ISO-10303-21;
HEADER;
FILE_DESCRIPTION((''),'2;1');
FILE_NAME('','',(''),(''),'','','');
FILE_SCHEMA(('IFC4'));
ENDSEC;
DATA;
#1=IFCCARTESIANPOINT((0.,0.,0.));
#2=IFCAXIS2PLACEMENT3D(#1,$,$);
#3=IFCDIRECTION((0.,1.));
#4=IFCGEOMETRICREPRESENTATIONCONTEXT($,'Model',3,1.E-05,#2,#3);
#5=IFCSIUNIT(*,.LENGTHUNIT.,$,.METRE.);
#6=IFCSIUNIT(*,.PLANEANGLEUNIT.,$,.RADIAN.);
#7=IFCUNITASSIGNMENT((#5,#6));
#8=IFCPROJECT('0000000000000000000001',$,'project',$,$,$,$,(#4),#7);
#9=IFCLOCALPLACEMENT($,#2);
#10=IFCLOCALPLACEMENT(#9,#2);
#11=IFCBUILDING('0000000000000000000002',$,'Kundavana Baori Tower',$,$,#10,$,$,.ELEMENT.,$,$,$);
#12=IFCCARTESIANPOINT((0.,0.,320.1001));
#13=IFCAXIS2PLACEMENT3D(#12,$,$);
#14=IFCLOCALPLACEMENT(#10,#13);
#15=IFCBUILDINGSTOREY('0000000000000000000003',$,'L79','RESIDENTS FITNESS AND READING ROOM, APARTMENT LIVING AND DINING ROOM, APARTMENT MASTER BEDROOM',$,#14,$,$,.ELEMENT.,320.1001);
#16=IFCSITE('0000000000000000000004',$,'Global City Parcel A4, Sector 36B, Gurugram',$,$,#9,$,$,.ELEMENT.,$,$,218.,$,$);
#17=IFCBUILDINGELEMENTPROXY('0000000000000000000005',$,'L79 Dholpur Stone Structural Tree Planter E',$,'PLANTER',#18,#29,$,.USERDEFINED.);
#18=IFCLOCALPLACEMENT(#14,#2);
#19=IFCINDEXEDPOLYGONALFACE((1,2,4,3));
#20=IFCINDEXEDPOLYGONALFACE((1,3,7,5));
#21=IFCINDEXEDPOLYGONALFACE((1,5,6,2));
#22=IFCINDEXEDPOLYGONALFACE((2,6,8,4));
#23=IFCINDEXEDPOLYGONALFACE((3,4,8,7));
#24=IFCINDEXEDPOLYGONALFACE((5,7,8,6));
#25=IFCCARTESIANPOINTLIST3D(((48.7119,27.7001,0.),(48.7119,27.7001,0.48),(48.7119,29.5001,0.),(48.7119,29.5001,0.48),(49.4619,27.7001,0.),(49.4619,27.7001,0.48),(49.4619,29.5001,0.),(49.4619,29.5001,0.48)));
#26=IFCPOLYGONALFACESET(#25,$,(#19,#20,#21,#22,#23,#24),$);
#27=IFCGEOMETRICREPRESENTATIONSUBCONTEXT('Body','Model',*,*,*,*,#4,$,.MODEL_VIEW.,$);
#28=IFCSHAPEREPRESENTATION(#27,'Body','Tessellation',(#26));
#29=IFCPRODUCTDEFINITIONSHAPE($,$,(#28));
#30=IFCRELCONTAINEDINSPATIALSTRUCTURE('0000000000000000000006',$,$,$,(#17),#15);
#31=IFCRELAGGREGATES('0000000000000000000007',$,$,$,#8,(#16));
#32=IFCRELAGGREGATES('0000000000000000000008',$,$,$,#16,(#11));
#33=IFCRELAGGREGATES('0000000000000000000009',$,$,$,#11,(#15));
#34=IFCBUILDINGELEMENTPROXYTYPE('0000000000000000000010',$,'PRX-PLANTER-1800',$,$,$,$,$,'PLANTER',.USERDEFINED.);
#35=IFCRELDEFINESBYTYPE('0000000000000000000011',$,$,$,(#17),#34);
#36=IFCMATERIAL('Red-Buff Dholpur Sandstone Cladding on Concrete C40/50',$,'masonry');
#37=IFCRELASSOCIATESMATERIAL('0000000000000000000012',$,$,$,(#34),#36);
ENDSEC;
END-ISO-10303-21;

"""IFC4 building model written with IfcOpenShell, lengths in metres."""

from ifc_helpers import new_model, si_unit, direction, frame, origin, origin_2d, place, context, subcontext, project, spatial, rectangle, extrude, material, type_object, element, save


model = new_model("IFC4")

# Units and contexts
model_context = context("Model", 3, precision=1e-05, world=origin(), true_north=direction((0.0, 1.0)))
body_context = subcontext(model_context, "Body", "Model", "MODEL_VIEW")
ifc_project = project(units=[si_unit("LENGTHUNIT", "METRE"), si_unit("PLANEANGLEUNIT", "RADIAN")], contexts=[model_context])

# Site, building, storey
site_placement = place(None, origin())
site = spatial("IfcSite", under=ifc_project, at=site_placement, Name="Global City Parcel A4, Sector 36B, Gurugram", CompositionType="ELEMENT", RefElevation=218.0)
building_placement = place(site_placement, origin())
building = spatial("IfcBuilding", under=site, at=building_placement, Name="Kundavana Baori Tower", CompositionType="ELEMENT")
storey_placement = place(building_placement, frame((0.0, 0.0, 320.1001)))
storey = spatial("IfcBuildingStorey", under=building, at=storey_placement, Name="L79", Description="RESIDENTS FITNESS AND READING ROOM, APARTMENT LIVING AND DINING ROOM, APARTMENT MASTER BEDROOM", CompositionType="ELEMENT", Elevation=320.1001)

# Building element proxy
ifc_material_1 = material(Name="Red-Buff Dholpur Sandstone Cladding on Concrete C40/50", Category="masonry")
building_element_proxy_type = type_object("IfcBuildingElementProxyType", Name="PRX-PLANTER-1800", ElementType="PLANTER", PredefinedType="USERDEFINED", material=ifc_material_1)
proxy_placement = place(storey_placement, frame((49.0869, 28.6001, 0.0), z_axis=(0.0, 0.0, 1.0), x_axis=(0.0, 1.0, 0.0)))
element("IfcBuildingElementProxy", 1, at=proxy_placement, inside=storey, type_object=building_element_proxy_type, Name="L79 Dholpur Stone Structural Tree Planter E", ObjectType="PLANTER", PredefinedType="USERDEFINED", context=body_context, shape_type="SweptSolid", body=[
    extrude(rectangle(XDim=1.8, YDim=0.75, at=origin_2d()), origin(), (0.0, 0.0, 1.0), 0.48),
])

save(model, "model.ifc")
